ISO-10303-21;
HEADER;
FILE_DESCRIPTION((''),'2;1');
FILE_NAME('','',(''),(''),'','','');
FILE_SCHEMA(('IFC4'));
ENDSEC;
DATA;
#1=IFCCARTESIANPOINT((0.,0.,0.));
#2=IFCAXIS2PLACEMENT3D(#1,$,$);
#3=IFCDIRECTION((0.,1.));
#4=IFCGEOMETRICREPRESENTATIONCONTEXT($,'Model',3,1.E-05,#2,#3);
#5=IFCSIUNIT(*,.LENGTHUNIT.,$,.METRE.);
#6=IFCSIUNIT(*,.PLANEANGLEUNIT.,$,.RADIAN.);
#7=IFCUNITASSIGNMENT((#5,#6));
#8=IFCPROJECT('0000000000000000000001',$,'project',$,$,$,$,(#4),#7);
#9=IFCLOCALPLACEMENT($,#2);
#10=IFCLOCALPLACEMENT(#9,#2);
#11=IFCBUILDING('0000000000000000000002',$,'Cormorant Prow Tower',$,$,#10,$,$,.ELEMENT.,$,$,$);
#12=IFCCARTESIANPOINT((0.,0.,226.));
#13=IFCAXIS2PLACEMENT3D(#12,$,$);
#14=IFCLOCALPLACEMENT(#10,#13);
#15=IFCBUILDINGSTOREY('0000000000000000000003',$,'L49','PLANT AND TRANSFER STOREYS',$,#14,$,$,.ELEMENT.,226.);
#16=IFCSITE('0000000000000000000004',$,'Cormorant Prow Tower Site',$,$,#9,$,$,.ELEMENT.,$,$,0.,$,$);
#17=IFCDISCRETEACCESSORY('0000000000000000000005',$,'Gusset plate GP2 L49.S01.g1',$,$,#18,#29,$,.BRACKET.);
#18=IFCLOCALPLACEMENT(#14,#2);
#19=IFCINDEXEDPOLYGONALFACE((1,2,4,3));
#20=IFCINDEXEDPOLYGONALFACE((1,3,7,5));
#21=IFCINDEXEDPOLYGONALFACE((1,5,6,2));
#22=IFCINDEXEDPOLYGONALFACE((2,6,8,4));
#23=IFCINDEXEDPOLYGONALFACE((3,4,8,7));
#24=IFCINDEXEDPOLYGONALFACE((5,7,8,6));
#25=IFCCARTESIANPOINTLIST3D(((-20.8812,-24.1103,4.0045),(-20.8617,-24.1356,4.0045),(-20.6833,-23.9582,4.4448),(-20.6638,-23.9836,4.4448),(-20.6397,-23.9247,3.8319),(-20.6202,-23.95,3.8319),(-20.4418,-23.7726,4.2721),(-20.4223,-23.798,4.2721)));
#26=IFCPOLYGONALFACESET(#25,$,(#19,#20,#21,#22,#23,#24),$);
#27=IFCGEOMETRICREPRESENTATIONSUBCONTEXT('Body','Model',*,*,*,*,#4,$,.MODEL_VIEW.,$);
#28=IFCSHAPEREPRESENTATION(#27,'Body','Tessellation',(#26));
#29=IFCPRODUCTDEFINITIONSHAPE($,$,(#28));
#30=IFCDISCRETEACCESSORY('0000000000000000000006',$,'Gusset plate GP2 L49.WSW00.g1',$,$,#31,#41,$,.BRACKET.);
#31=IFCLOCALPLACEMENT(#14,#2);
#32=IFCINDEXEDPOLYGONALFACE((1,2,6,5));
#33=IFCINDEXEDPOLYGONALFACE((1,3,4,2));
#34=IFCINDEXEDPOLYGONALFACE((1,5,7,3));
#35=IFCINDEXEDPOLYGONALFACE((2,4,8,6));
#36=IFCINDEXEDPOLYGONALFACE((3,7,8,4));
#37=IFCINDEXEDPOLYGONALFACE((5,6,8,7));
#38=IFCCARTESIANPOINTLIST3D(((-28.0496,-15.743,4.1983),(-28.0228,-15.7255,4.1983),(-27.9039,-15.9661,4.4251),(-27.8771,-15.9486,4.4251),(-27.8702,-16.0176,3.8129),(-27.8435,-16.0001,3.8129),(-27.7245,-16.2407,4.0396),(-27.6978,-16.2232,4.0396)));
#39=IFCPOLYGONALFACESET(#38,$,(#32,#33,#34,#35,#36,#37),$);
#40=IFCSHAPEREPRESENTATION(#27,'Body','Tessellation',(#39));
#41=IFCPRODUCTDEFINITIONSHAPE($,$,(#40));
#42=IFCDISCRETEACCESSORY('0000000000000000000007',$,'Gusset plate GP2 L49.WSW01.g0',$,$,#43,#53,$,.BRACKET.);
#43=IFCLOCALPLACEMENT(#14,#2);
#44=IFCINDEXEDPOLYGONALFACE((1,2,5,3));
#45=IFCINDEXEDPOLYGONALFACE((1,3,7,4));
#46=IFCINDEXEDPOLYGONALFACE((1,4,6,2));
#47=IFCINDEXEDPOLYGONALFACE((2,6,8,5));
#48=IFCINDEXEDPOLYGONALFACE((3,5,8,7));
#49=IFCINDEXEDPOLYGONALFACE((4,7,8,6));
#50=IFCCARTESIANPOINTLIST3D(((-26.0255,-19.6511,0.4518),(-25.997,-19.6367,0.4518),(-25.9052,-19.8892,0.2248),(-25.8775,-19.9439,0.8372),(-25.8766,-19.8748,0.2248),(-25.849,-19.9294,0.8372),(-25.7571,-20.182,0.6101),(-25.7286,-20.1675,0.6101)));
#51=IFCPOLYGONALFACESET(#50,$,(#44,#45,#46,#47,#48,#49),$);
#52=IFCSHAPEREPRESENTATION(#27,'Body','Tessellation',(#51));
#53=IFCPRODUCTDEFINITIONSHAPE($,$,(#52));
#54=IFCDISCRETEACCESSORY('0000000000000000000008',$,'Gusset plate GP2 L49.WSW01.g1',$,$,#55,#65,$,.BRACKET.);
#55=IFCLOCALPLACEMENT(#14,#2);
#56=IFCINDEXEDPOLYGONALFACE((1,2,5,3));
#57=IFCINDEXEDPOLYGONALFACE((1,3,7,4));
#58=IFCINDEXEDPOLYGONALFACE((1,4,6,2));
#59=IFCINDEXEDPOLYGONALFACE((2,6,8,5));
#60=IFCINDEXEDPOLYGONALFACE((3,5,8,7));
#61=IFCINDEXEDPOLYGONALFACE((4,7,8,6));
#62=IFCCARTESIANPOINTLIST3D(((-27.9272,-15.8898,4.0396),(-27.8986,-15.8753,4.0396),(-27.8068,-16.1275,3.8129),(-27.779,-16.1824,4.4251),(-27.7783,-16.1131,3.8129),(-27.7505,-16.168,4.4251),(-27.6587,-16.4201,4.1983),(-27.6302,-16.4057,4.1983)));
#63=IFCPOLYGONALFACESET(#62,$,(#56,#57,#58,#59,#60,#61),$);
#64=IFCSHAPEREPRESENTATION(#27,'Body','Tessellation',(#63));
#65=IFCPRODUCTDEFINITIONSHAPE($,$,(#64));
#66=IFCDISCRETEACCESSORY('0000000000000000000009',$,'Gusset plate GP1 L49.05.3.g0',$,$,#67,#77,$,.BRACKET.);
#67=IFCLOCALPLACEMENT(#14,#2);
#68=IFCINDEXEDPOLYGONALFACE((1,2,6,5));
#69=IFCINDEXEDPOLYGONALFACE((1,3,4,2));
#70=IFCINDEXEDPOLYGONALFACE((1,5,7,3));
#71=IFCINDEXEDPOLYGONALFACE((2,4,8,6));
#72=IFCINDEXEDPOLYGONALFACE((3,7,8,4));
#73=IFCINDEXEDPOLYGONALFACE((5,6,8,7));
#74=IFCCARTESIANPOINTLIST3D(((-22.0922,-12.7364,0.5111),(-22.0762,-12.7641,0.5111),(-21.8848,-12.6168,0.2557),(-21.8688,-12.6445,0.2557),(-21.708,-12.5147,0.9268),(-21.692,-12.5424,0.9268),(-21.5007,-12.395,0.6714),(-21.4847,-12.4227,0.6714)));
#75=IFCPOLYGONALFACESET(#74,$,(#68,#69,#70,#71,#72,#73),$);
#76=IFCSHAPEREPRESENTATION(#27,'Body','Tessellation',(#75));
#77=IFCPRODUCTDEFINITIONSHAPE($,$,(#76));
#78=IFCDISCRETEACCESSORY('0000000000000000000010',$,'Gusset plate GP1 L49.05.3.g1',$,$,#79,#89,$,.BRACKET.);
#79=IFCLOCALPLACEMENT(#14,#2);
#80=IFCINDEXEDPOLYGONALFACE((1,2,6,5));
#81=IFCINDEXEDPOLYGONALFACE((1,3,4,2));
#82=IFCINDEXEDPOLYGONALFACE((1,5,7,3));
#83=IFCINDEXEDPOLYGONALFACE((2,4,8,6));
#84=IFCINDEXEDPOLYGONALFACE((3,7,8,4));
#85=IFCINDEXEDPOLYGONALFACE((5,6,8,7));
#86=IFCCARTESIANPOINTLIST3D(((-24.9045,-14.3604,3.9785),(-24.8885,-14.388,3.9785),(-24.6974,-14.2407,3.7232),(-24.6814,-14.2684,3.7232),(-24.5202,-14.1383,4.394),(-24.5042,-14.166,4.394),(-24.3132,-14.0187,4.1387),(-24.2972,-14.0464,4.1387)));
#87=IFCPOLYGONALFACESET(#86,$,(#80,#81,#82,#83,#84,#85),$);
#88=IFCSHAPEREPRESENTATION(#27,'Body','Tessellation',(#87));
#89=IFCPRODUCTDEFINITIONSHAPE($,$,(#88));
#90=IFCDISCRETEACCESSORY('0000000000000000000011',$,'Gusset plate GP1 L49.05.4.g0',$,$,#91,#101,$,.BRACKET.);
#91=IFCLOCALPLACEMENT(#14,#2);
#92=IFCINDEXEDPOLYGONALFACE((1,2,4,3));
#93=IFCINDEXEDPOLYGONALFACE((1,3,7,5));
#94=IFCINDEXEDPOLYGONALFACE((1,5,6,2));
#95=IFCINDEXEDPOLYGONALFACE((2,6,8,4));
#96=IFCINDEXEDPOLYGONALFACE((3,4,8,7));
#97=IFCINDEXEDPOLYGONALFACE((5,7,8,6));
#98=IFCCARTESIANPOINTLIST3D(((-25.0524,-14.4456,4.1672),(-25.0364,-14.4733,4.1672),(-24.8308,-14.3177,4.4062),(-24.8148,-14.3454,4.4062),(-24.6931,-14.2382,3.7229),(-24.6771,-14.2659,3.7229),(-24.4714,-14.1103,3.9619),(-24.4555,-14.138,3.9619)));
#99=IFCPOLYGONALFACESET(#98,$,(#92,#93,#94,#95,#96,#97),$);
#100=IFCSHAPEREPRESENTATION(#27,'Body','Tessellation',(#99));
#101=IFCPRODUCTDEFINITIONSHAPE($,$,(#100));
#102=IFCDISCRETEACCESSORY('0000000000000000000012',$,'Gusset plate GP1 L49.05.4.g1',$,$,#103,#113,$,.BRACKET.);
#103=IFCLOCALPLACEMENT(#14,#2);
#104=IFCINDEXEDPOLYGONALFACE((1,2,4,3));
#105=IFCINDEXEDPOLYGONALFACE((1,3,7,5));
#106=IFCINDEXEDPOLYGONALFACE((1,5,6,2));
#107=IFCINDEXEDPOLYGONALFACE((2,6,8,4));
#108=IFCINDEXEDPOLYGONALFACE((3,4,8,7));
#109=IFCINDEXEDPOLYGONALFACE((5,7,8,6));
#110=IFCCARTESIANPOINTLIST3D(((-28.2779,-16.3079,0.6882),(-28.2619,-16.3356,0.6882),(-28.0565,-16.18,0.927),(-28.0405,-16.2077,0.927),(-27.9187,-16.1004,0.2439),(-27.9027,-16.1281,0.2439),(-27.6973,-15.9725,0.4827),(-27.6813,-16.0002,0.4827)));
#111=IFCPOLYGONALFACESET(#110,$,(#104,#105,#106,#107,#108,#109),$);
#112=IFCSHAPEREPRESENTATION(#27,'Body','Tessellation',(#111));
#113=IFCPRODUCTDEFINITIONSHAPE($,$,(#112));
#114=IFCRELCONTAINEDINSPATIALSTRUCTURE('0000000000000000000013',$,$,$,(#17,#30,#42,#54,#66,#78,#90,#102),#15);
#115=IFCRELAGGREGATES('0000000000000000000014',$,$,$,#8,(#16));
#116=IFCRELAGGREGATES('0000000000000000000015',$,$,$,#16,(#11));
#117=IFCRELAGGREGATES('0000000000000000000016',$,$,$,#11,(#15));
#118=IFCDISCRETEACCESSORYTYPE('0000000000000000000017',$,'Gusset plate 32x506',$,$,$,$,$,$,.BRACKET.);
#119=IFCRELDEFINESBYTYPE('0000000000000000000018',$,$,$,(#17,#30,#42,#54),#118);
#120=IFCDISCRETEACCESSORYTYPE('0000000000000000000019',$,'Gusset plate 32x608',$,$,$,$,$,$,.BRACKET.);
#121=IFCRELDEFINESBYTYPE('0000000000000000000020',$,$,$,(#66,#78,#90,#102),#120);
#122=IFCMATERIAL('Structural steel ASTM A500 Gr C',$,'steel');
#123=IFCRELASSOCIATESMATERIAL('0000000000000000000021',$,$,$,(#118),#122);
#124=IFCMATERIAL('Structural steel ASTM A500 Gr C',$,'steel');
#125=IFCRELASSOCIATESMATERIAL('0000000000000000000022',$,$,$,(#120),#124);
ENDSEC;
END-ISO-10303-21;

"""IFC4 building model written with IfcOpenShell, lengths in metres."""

from ifc_helpers import new_model, si_unit, direction, frame, origin, origin_2d, place, context, subcontext, project, spatial, rectangle, extrude, material, material_profile, profile_set, type_object, element, save


model = new_model("IFC4")

# Units and contexts
model_context = context("Model", 3, precision=1e-05, world=origin(), true_north=direction((0.0, 1.0)))
body_context = subcontext(model_context, "Body", "Model", "MODEL_VIEW")
ifc_project = project(units=[si_unit("LENGTHUNIT", "METRE"), si_unit("PLANEANGLEUNIT", "RADIAN")], contexts=[model_context])

# Site, building, storey
site_placement = place(None, origin())
site = spatial("IfcSite", under=ifc_project, at=site_placement, Name="Cormorant Prow Tower Site", CompositionType="ELEMENT", RefElevation=0.0)
building_placement = place(site_placement, origin())
building = spatial("IfcBuilding", under=site, at=building_placement, Name="Cormorant Prow Tower", CompositionType="ELEMENT")
storey_placement = place(building_placement, frame((0.0, 0.0, 226.0)))
storey = spatial("IfcBuildingStorey", under=building, at=storey_placement, Name="L49", Description="PLANT AND TRANSFER STOREYS", CompositionType="ELEMENT", Elevation=226.0)

# Discrete accessories
ifc_material_1 = material(Name="Structural steel ASTM A500 Gr C", Category="steel")
ifc_material_profile_1 = material_profile(ifc_material_1, rectangle(XDim=0.032, YDim=0.5061, at=origin_2d()), Name="Gusset plate 32x506")
ifc_profile_set_1 = profile_set([ifc_material_profile_1], Name="Structural steel ASTM A500 Gr C")
discrete_accessory_type_1 = type_object("IfcDiscreteAccessoryType", Name="Gusset plate 32x506", PredefinedType="BRACKET", material=ifc_profile_set_1)
for number, where, z_axis, x_axis, name in (
    (1, (-20.531, -23.8613, 4.052), (-0.689811, -0.530087, 0.493121), (0.609323, -0.792922, 0.0), "Gusset plate GP2 L49.S01.g1"),
):
    element("IfcDiscreteAccessory", number, at=place(storey_placement, frame(where, z_axis=z_axis, x_axis=x_axis)), inside=storey, type_object=discrete_accessory_type_1, Name=name, PredefinedType="BRACKET", context=body_context, shape_type="SweptSolid", body=[
        extrude(rectangle(XDim=0.032, YDim=0.5061, at=origin_2d()), origin(), (0.0, 0.0, 1.0), 0.3501),
    ])
discrete_accessory_1_placement = place(storey_placement, frame((-27.9465, -15.8716, 4.0056), z_axis=(0.416471, -0.637612, 0.648076), x_axis=(0.837228, 0.546854, 0.0)))
element("IfcDiscreteAccessory", 2, at=discrete_accessory_1_placement, inside=storey, type_object=discrete_accessory_type_1, Name="Gusset plate GP2 L49.WSW00.g1", PredefinedType="BRACKET", context=body_context, shape_type="SweptSolid", body=[
    extrude(rectangle(XDim=0.032, YDim=0.5061, at=origin_2d()), origin(), (0.0, 0.0, 1.0), 0.3499),
])
discrete_accessory_2_placement = place(storey_placement, frame((-25.9373, -19.7903, 0.6445), z_axis=(0.343608, -0.67955, -0.648186), x_axis=(0.892404, 0.451236, 0.0)))
element("IfcDiscreteAccessory", 3, at=discrete_accessory_2_placement, inside=storey, type_object=discrete_accessory_type_1, Name="Gusset plate GP2 L49.WSW01.g0", PredefinedType="BRACKET", context=body_context, shape_type="SweptSolid", body=[
    extrude(rectangle(XDim=0.032, YDim=0.5061, at=origin_2d()), origin(), (0.0, 0.0, 1.0), 0.3503),
])
discrete_accessory_3_placement = place(storey_placement, frame((-27.7185, -16.2666, 4.0056), z_axis=(-0.343927, 0.679482, 0.648089), x_axis=(-0.892218, -0.451605, 0.0)))
element("IfcDiscreteAccessory", 4, at=discrete_accessory_3_placement, inside=storey, type_object=discrete_accessory_type_1, Name="Gusset plate GP2 L49.WSW01.g1", PredefinedType="BRACKET", context=body_context, shape_type="SweptSolid", body=[
    extrude(rectangle(XDim=0.032, YDim=0.5061, at=origin_2d()), origin(), (0.0, 0.0, 1.0), 0.3499),
])
ifc_material_2 = material(Name="Structural steel ASTM A500 Gr C", Category="steel")
ifc_material_profile_2 = material_profile(ifc_material_2, rectangle(XDim=0.032, YDim=0.6079, at=origin_2d()), Name="Gusset plate 32x608")
ifc_profile_set_2 = profile_set([ifc_material_profile_2], Name="Structural steel ASTM A500 Gr C")
discrete_accessory_type_2 = type_object("IfcDiscreteAccessoryType", Name="Gusset plate 32x608", PredefinedType="BRACKET", material=ifc_profile_set_2)
discrete_accessory_4_placement = place(storey_placement, frame((-21.8921, -12.6394, 0.719), z_axis=(0.592243, 0.341813, -0.729666), x_axis=(-0.49987, 0.866101, 0.0)))
element("IfcDiscreteAccessory", 5, at=discrete_accessory_4_placement, inside=storey, type_object=discrete_accessory_type_2, Name="Gusset plate GP1 L49.05.3.g0", PredefinedType="BRACKET", context=body_context, shape_type="SweptSolid", body=[
    extrude(rectangle(XDim=0.032, YDim=0.6079, at=origin_2d()), origin(), (0.0, 0.0, 1.0), 0.3501),
])
discrete_accessory_5_placement = place(storey_placement, frame((-24.4973, -14.1436, 3.9309), z_axis=(-0.59179, -0.341954, 0.729967), x_axis=(0.500312, -0.865845, 0.0)))
element("IfcDiscreteAccessory", 6, at=discrete_accessory_5_placement, inside=storey, type_object=discrete_accessory_type_2, Name="Gusset plate GP1 L49.05.3.g1", PredefinedType="BRACKET", context=body_context, shape_type="SweptSolid", body=[
    extrude(rectangle(XDim=0.032, YDim=0.6079, at=origin_2d()), origin(), (0.0, 0.0, 1.0), 0.3499),
])
discrete_accessory_6_placement = place(storey_placement, frame((-24.8647, -14.3557, 3.9451), z_axis=(0.633021, 0.365312, 0.682519), x_axis=(-0.499833, 0.866122, 0.0)))
element("IfcDiscreteAccessory", 7, at=discrete_accessory_6_placement, inside=storey, type_object=discrete_accessory_type_2, Name="Gusset plate GP1 L49.05.4.g0", PredefinedType="BRACKET", context=body_context, shape_type="SweptSolid", body=[
    extrude(rectangle(XDim=0.032, YDim=0.6079, at=origin_2d()), origin(), (0.0, 0.0, 1.0), 0.3501),
])
discrete_accessory_7_placement = place(storey_placement, frame((-27.8689, -16.0901, 0.7048), z_axis=(-0.632904, -0.365647, -0.682448), x_axis=(0.500246, -0.865883, 0.0)))
element("IfcDiscreteAccessory", 8, at=discrete_accessory_7_placement, inside=storey, type_object=discrete_accessory_type_2, Name="Gusset plate GP1 L49.05.4.g1", PredefinedType="BRACKET", context=body_context, shape_type="SweptSolid", body=[
    extrude(rectangle(XDim=0.032, YDim=0.6079, at=origin_2d()), origin(), (0.0, 0.0, 1.0), 0.3499),
])

save(model, "model.ifc")
